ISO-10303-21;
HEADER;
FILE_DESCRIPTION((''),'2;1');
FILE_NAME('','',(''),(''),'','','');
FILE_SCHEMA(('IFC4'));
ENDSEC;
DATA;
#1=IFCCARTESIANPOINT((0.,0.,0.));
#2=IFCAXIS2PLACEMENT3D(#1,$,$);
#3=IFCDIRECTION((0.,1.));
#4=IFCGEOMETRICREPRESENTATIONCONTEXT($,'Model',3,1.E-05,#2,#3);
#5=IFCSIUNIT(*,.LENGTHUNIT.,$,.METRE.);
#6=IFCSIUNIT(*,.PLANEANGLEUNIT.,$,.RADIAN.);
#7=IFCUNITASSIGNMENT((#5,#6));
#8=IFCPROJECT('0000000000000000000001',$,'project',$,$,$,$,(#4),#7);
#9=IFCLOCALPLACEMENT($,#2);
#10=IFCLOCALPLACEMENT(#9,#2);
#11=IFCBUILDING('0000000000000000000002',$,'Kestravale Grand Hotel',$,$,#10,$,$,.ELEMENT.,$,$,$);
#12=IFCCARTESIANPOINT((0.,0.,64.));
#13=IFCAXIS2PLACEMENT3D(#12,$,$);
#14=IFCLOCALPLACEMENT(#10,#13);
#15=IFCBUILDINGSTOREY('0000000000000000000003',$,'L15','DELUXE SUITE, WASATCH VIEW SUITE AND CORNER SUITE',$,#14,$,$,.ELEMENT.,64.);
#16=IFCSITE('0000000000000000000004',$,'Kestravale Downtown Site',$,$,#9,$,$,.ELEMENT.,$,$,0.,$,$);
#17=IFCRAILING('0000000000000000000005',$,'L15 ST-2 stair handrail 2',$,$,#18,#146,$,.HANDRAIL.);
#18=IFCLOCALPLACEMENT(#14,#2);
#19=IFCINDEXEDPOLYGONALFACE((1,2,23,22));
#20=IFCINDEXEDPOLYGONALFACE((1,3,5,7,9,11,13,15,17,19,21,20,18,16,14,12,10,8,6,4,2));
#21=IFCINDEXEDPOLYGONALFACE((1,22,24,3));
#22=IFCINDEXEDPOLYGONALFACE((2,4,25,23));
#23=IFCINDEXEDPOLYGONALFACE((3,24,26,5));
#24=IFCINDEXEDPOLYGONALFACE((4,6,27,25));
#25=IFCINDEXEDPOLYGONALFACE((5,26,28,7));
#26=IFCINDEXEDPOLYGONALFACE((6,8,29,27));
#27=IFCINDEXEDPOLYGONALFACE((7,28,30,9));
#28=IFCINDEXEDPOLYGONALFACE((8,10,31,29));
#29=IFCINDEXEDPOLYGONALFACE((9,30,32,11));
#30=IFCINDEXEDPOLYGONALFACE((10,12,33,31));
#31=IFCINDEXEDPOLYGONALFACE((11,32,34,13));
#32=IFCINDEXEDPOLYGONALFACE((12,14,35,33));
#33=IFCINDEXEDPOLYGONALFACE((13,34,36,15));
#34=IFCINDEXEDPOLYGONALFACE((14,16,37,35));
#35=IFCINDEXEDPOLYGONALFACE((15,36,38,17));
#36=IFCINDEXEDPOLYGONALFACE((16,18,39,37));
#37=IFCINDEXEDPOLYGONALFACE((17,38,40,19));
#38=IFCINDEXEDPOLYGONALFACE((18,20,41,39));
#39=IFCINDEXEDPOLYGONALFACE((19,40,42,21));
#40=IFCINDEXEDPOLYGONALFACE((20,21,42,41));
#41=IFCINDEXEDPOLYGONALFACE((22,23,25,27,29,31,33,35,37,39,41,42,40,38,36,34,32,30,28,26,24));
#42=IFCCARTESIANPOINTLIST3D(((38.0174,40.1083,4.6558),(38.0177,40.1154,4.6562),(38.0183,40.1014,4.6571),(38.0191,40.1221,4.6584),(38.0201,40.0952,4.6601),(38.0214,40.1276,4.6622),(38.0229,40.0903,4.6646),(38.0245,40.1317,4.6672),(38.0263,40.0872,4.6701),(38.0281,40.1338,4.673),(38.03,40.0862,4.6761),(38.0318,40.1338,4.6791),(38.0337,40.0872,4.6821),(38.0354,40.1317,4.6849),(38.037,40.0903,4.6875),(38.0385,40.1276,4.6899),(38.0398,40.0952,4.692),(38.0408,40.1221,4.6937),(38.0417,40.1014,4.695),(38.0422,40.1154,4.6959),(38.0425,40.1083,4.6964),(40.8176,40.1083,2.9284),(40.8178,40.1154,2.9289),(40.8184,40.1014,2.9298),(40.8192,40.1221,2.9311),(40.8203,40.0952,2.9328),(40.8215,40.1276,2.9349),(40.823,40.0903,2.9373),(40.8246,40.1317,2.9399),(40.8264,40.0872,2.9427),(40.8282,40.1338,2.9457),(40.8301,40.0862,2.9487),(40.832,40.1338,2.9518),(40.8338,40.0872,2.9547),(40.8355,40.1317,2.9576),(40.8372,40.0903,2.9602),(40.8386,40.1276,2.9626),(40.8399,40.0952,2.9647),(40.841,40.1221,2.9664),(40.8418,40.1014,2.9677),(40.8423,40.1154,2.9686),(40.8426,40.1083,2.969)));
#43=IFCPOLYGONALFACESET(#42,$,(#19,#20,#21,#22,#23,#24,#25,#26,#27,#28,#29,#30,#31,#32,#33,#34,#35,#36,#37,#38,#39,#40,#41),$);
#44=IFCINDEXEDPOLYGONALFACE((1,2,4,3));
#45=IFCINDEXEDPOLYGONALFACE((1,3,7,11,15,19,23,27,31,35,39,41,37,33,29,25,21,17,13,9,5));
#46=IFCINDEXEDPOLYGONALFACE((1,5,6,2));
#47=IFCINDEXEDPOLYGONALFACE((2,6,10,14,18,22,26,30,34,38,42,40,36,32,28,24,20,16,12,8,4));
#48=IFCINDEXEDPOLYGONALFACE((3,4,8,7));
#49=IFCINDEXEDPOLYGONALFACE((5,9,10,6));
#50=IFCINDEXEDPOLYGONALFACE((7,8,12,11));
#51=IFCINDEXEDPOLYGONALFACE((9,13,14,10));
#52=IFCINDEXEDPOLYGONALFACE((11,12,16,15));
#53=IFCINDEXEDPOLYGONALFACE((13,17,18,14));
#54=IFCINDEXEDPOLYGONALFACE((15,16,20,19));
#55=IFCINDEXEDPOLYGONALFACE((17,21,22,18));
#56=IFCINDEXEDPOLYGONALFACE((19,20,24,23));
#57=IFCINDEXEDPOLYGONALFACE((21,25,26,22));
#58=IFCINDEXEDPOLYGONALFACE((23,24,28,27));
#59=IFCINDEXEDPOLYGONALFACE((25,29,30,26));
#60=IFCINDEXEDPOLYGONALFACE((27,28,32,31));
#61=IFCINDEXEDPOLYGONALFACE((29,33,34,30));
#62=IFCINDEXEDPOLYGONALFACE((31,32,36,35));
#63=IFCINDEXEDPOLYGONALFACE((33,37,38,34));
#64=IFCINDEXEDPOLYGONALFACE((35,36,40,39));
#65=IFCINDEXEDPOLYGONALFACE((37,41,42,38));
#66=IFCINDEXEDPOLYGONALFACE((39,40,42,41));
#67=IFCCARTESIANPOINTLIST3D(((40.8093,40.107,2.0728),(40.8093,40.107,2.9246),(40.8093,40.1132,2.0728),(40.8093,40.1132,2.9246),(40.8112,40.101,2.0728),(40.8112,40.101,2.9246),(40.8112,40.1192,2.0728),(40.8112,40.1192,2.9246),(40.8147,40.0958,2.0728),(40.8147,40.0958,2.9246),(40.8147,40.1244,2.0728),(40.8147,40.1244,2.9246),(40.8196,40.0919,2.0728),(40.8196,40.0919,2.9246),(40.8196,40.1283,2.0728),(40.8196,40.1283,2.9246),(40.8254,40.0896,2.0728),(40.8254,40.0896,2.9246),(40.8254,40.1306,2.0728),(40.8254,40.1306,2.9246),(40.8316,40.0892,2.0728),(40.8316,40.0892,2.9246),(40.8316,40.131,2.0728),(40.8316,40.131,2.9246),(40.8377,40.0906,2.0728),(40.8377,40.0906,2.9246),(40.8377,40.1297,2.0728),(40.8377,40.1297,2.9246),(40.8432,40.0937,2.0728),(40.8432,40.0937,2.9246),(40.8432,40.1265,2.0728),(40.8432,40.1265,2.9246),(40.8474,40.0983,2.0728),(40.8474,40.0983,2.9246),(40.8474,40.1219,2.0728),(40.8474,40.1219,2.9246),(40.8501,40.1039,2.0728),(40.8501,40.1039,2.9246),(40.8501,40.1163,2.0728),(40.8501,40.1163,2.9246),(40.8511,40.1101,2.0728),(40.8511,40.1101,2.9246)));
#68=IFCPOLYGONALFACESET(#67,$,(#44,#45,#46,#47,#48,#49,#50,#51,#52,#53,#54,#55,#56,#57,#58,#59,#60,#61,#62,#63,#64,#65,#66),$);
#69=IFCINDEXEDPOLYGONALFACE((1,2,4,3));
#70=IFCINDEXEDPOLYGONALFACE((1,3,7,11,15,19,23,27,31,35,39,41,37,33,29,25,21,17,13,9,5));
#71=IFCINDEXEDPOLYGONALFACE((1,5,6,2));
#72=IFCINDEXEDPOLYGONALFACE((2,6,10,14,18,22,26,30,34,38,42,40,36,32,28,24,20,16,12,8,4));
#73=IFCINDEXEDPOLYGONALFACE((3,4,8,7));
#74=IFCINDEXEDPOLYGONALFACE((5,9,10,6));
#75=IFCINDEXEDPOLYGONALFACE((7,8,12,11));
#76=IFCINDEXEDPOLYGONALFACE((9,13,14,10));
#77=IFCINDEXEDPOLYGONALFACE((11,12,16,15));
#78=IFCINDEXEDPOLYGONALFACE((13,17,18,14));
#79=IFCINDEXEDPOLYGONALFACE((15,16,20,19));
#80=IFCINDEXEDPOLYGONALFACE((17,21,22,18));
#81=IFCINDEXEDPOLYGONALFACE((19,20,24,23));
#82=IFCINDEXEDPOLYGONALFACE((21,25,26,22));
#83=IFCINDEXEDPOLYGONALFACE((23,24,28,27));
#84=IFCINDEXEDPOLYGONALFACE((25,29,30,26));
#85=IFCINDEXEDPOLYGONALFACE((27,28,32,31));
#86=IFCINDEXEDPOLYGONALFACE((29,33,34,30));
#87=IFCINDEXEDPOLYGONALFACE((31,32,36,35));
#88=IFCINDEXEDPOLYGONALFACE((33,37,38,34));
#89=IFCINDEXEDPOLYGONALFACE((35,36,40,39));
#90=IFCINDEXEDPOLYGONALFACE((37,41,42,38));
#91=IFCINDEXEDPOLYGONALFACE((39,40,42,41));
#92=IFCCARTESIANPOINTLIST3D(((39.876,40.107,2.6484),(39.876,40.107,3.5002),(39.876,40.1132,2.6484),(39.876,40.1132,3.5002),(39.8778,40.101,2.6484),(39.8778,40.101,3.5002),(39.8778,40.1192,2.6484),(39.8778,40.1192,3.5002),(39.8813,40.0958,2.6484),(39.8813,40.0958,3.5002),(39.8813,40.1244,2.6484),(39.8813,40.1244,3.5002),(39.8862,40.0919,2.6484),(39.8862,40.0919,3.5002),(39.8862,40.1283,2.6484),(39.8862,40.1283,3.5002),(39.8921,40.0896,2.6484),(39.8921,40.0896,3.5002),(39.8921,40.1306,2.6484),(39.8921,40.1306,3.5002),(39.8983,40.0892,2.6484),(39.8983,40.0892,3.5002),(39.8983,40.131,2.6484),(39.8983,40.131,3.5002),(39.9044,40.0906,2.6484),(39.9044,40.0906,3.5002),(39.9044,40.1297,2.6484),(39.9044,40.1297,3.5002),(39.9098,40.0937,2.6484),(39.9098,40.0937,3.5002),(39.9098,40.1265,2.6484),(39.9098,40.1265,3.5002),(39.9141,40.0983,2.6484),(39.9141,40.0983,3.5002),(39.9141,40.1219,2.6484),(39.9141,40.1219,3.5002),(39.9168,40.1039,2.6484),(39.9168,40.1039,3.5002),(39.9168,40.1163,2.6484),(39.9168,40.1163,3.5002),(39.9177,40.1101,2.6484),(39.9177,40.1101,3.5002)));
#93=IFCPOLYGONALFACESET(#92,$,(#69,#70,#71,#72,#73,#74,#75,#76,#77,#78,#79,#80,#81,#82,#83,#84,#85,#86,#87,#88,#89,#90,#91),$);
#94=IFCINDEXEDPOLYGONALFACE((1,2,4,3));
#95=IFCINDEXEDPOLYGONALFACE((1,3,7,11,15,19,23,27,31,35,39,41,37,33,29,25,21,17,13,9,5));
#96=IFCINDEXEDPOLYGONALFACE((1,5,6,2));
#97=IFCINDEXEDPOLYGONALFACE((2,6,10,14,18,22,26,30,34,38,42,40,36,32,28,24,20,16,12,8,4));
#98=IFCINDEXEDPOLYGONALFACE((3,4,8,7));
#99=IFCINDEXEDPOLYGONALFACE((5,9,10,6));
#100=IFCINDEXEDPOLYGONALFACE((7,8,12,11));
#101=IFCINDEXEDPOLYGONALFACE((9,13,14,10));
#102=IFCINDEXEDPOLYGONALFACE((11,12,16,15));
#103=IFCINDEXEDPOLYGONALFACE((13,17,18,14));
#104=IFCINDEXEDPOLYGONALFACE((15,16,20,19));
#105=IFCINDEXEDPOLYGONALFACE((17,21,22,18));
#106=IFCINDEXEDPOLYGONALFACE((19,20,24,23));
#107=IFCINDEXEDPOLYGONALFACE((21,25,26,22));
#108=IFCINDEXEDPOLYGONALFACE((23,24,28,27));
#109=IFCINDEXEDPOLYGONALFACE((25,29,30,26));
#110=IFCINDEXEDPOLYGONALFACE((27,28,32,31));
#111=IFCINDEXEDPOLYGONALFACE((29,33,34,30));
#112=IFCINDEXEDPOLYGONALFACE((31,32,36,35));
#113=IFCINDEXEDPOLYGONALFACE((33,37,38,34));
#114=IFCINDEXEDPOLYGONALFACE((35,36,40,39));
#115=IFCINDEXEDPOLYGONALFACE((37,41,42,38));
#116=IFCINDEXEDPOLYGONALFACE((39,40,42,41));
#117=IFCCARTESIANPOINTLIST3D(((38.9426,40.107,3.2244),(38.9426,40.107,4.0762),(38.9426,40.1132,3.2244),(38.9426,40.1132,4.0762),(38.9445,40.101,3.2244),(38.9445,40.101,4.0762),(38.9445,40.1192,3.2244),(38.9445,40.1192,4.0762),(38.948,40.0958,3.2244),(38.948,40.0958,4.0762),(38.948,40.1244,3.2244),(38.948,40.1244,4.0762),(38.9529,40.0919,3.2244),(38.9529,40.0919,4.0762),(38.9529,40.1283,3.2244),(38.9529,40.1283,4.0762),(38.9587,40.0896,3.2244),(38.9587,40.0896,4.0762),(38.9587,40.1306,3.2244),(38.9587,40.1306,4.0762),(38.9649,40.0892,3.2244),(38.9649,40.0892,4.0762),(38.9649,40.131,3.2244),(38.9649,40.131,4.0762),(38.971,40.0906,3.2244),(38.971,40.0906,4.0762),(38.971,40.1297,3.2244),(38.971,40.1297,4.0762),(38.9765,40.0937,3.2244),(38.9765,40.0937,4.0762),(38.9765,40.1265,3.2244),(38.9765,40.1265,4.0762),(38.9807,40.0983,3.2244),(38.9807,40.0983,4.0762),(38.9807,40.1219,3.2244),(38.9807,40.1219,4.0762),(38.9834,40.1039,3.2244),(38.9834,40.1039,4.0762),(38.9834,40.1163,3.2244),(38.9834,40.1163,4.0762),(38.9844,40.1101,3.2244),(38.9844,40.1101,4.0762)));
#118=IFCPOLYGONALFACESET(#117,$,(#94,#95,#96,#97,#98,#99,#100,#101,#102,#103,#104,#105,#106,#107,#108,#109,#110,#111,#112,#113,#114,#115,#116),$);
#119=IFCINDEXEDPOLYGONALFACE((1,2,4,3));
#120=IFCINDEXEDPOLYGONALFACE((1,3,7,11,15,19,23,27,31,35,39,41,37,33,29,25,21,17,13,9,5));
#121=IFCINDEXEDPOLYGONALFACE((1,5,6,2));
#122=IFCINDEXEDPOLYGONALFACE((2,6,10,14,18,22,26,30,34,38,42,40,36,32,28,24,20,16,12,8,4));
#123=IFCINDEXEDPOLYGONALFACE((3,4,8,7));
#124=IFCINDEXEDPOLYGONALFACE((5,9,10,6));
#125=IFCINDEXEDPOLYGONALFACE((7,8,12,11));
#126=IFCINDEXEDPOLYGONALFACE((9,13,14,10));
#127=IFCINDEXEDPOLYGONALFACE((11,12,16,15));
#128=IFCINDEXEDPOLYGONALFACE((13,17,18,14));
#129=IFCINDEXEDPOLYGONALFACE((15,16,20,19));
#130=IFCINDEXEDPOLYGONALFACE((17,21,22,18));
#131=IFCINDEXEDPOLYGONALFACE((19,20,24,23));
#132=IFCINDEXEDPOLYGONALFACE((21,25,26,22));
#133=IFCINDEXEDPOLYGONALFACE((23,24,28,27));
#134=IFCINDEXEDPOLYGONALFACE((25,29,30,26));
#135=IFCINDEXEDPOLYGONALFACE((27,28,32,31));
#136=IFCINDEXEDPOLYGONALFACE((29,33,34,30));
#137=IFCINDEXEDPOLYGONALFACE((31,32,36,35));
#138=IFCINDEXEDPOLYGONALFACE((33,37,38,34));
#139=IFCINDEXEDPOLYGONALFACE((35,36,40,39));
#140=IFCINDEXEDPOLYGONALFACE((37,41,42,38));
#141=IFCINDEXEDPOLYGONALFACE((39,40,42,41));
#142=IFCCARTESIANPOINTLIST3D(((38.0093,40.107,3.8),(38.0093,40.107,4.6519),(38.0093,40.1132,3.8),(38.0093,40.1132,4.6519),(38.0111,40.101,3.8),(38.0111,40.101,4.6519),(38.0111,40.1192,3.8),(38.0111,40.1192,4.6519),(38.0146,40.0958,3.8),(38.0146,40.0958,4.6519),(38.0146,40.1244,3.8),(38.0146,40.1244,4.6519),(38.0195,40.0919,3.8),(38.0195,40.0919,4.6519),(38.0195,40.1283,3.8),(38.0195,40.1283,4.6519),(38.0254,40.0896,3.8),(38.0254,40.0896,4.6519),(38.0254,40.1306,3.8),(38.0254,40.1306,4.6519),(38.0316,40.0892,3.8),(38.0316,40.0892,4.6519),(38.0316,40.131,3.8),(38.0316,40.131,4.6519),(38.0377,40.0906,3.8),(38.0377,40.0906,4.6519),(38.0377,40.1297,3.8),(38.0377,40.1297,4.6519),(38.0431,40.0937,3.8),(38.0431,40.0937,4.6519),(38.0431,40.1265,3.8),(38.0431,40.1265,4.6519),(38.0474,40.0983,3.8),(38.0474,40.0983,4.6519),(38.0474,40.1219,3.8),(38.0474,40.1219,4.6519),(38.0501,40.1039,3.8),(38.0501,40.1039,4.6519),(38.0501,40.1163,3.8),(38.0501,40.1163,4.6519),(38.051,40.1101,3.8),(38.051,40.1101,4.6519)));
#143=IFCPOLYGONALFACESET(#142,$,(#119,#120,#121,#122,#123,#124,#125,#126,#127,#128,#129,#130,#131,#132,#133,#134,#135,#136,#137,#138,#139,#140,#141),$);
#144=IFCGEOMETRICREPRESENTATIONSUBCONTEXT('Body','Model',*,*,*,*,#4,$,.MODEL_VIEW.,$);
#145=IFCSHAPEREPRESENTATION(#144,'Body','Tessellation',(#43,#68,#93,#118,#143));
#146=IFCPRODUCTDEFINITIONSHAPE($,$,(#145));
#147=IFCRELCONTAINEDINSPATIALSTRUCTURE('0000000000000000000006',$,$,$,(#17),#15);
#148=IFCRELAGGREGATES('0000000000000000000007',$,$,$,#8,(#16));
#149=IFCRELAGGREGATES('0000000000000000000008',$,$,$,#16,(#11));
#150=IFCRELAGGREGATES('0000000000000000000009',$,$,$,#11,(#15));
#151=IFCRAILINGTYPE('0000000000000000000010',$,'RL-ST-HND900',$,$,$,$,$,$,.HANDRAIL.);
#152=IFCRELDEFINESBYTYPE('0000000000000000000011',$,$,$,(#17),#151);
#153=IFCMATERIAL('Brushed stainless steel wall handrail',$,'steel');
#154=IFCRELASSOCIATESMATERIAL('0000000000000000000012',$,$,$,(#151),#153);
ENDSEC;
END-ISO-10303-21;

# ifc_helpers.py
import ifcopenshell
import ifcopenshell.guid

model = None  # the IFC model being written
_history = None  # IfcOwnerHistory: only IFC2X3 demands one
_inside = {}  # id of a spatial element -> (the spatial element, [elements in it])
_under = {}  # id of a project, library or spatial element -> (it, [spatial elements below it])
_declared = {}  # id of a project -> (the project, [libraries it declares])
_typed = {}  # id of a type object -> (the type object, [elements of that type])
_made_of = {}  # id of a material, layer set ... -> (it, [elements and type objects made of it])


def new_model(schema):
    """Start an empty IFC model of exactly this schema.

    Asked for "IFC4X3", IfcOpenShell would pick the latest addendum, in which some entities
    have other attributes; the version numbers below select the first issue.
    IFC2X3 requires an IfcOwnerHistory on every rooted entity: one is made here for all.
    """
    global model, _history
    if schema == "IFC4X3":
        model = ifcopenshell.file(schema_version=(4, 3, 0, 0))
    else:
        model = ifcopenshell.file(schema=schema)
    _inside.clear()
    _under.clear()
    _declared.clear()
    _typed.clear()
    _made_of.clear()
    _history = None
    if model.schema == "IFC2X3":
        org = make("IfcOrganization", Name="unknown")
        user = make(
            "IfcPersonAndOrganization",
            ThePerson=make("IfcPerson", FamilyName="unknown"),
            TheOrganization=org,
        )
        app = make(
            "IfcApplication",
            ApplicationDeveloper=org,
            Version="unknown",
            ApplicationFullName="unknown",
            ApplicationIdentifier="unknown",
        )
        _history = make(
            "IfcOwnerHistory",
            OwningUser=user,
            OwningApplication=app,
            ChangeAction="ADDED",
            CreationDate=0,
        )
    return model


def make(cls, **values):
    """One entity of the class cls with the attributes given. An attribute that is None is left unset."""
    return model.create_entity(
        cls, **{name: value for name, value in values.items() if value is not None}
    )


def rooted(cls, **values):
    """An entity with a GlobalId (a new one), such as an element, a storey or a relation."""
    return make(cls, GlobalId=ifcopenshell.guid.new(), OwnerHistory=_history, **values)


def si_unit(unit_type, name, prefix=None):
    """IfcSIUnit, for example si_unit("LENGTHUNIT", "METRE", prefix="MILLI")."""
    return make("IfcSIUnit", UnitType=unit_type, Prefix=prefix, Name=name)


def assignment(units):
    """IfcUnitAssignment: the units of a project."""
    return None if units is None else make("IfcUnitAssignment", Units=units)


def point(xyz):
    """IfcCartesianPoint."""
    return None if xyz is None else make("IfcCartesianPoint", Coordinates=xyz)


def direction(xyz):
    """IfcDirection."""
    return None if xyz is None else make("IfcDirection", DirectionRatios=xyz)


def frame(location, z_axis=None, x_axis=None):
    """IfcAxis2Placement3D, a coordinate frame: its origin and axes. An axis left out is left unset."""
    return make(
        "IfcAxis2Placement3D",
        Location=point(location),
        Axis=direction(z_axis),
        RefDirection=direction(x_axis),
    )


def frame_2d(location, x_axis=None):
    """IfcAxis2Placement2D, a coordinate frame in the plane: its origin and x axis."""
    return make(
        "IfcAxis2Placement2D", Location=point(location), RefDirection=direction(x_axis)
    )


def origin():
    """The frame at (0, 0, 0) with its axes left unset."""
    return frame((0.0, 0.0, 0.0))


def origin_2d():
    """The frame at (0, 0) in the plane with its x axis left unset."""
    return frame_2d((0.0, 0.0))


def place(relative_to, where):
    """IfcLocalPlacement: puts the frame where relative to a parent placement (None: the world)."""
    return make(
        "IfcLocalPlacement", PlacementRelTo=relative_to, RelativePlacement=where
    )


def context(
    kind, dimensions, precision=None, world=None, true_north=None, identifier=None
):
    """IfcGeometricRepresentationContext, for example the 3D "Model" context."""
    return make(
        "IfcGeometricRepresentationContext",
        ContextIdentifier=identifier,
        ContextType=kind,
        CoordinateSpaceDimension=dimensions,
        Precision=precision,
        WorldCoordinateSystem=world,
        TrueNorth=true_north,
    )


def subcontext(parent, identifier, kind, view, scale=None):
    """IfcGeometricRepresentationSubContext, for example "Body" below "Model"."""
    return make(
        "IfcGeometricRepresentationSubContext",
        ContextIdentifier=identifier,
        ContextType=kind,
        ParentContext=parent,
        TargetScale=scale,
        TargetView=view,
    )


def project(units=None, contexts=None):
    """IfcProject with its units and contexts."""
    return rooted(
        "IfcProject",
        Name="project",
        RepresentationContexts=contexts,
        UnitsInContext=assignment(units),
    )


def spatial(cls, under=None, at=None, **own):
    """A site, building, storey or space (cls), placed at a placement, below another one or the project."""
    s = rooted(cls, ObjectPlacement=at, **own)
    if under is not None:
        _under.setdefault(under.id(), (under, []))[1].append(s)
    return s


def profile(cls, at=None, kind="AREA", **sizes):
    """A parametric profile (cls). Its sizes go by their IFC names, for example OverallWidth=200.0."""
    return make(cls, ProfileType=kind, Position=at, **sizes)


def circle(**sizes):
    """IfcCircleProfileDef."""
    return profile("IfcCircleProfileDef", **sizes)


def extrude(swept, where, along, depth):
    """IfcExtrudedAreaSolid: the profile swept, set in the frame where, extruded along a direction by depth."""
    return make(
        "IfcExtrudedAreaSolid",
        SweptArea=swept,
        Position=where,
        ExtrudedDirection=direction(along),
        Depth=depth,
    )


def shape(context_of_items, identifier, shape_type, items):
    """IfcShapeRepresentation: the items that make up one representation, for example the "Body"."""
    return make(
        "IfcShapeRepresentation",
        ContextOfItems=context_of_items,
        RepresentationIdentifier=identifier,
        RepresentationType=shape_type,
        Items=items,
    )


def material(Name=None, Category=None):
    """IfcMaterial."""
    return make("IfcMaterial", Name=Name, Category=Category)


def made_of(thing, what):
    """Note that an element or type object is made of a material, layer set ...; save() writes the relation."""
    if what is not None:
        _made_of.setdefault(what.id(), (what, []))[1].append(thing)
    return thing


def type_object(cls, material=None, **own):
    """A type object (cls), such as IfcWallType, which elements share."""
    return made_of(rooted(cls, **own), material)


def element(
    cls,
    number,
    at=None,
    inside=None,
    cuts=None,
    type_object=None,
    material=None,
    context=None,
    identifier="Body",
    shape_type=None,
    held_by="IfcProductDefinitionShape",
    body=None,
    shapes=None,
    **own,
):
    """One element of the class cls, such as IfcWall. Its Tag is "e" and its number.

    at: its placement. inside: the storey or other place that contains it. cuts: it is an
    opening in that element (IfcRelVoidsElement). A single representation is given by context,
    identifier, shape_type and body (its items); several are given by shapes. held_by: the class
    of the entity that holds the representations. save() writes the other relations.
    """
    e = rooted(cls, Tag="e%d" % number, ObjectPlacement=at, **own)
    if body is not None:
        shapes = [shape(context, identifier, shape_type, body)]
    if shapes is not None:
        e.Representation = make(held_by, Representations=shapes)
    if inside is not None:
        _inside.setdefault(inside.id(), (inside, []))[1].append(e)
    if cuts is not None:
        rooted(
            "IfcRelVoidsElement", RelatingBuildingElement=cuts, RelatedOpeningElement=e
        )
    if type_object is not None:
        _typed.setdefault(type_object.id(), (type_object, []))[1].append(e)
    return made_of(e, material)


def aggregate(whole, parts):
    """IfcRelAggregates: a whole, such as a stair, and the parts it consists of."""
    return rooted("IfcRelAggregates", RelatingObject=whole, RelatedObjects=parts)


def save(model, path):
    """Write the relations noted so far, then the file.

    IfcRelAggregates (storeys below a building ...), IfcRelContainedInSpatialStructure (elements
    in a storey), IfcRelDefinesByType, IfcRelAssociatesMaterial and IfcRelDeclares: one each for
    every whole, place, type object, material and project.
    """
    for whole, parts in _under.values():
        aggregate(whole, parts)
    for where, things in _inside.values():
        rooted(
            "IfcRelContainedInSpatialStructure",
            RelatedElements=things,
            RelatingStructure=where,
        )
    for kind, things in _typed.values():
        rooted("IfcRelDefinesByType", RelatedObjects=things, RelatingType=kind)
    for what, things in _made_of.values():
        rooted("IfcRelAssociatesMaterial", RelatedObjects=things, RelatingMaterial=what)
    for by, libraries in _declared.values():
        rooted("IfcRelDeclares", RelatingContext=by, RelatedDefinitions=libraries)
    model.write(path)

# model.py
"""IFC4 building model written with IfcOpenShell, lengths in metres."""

from ifc_helpers import new_model, si_unit, direction, frame, origin, origin_2d, place, context, subcontext, project, spatial, circle, extrude, material, type_object, element, save


model = new_model("IFC4")

# Units and contexts
model_context = context("Model", 3, precision=1e-05, world=origin(), true_north=direction((0.0, 1.0)))
body_context = subcontext(model_context, "Body", "Model", "MODEL_VIEW")
ifc_project = project(units=[si_unit("LENGTHUNIT", "METRE"), si_unit("PLANEANGLEUNIT", "RADIAN")], contexts=[model_context])

# Site, building, storey
site_placement = place(None, origin())
site = spatial("IfcSite", under=ifc_project, at=site_placement, Name="Kestravale Downtown Site", CompositionType="ELEMENT", RefElevation=0.0)
building_placement = place(site_placement, origin())
building = spatial("IfcBuilding", under=site, at=building_placement, Name="Kestravale Grand Hotel", CompositionType="ELEMENT")
storey_placement = place(building_placement, frame((0.0, 0.0, 64.0)))
storey = spatial("IfcBuildingStorey", under=building, at=storey_placement, Name="L15", Description="DELUXE SUITE, WASATCH VIEW SUITE AND CORNER SUITE", CompositionType="ELEMENT", Elevation=64.0)

# Railing
ifc_material_1 = material(Name="Brushed stainless steel wall handrail", Category="steel")
railing_type_1 = type_object("IfcRailingType", Name="RL-ST-HND900", PredefinedType="HANDRAIL", material=ifc_material_1)
railing_1_placement = place(storey_placement, frame((40.8301, 40.1101, 2.0728)))
element("IfcRailing", 1, at=railing_1_placement, inside=storey, type_object=railing_type_1, Name="L15 ST-2 stair handrail 2", PredefinedType="HANDRAIL", context=body_context, shape_type="SweptSolid", body=[
    extrude(circle(Radius=0.0239, at=origin_2d()), frame((0.0, 0.0, 0.876), z_axis=(-0.85109, 0.0, 0.52502), x_axis=(0.0, -1.0, 0.0)), (0.0, 0.0, 1.0), 3.29),
    extrude(circle(Radius=0.021, at=origin_2d()), origin(), (0.0, 0.0, 1.0), 0.8518),
    extrude(circle(Radius=0.021, at=origin_2d()), frame((-0.9333, 0.0, 0.5757)), (0.0, 0.0, 1.0), 0.8518),
    extrude(circle(Radius=0.021, at=origin_2d()), frame((-1.8667, 0.0, 1.1516)), (0.0, 0.0, 1.0), 0.8518),
    extrude(circle(Radius=0.021, at=origin_2d()), frame((-2.8, 0.0, 1.7273)), (0.0, 0.0, 1.0), 0.8518),
])

save(model, "model.ifc")
